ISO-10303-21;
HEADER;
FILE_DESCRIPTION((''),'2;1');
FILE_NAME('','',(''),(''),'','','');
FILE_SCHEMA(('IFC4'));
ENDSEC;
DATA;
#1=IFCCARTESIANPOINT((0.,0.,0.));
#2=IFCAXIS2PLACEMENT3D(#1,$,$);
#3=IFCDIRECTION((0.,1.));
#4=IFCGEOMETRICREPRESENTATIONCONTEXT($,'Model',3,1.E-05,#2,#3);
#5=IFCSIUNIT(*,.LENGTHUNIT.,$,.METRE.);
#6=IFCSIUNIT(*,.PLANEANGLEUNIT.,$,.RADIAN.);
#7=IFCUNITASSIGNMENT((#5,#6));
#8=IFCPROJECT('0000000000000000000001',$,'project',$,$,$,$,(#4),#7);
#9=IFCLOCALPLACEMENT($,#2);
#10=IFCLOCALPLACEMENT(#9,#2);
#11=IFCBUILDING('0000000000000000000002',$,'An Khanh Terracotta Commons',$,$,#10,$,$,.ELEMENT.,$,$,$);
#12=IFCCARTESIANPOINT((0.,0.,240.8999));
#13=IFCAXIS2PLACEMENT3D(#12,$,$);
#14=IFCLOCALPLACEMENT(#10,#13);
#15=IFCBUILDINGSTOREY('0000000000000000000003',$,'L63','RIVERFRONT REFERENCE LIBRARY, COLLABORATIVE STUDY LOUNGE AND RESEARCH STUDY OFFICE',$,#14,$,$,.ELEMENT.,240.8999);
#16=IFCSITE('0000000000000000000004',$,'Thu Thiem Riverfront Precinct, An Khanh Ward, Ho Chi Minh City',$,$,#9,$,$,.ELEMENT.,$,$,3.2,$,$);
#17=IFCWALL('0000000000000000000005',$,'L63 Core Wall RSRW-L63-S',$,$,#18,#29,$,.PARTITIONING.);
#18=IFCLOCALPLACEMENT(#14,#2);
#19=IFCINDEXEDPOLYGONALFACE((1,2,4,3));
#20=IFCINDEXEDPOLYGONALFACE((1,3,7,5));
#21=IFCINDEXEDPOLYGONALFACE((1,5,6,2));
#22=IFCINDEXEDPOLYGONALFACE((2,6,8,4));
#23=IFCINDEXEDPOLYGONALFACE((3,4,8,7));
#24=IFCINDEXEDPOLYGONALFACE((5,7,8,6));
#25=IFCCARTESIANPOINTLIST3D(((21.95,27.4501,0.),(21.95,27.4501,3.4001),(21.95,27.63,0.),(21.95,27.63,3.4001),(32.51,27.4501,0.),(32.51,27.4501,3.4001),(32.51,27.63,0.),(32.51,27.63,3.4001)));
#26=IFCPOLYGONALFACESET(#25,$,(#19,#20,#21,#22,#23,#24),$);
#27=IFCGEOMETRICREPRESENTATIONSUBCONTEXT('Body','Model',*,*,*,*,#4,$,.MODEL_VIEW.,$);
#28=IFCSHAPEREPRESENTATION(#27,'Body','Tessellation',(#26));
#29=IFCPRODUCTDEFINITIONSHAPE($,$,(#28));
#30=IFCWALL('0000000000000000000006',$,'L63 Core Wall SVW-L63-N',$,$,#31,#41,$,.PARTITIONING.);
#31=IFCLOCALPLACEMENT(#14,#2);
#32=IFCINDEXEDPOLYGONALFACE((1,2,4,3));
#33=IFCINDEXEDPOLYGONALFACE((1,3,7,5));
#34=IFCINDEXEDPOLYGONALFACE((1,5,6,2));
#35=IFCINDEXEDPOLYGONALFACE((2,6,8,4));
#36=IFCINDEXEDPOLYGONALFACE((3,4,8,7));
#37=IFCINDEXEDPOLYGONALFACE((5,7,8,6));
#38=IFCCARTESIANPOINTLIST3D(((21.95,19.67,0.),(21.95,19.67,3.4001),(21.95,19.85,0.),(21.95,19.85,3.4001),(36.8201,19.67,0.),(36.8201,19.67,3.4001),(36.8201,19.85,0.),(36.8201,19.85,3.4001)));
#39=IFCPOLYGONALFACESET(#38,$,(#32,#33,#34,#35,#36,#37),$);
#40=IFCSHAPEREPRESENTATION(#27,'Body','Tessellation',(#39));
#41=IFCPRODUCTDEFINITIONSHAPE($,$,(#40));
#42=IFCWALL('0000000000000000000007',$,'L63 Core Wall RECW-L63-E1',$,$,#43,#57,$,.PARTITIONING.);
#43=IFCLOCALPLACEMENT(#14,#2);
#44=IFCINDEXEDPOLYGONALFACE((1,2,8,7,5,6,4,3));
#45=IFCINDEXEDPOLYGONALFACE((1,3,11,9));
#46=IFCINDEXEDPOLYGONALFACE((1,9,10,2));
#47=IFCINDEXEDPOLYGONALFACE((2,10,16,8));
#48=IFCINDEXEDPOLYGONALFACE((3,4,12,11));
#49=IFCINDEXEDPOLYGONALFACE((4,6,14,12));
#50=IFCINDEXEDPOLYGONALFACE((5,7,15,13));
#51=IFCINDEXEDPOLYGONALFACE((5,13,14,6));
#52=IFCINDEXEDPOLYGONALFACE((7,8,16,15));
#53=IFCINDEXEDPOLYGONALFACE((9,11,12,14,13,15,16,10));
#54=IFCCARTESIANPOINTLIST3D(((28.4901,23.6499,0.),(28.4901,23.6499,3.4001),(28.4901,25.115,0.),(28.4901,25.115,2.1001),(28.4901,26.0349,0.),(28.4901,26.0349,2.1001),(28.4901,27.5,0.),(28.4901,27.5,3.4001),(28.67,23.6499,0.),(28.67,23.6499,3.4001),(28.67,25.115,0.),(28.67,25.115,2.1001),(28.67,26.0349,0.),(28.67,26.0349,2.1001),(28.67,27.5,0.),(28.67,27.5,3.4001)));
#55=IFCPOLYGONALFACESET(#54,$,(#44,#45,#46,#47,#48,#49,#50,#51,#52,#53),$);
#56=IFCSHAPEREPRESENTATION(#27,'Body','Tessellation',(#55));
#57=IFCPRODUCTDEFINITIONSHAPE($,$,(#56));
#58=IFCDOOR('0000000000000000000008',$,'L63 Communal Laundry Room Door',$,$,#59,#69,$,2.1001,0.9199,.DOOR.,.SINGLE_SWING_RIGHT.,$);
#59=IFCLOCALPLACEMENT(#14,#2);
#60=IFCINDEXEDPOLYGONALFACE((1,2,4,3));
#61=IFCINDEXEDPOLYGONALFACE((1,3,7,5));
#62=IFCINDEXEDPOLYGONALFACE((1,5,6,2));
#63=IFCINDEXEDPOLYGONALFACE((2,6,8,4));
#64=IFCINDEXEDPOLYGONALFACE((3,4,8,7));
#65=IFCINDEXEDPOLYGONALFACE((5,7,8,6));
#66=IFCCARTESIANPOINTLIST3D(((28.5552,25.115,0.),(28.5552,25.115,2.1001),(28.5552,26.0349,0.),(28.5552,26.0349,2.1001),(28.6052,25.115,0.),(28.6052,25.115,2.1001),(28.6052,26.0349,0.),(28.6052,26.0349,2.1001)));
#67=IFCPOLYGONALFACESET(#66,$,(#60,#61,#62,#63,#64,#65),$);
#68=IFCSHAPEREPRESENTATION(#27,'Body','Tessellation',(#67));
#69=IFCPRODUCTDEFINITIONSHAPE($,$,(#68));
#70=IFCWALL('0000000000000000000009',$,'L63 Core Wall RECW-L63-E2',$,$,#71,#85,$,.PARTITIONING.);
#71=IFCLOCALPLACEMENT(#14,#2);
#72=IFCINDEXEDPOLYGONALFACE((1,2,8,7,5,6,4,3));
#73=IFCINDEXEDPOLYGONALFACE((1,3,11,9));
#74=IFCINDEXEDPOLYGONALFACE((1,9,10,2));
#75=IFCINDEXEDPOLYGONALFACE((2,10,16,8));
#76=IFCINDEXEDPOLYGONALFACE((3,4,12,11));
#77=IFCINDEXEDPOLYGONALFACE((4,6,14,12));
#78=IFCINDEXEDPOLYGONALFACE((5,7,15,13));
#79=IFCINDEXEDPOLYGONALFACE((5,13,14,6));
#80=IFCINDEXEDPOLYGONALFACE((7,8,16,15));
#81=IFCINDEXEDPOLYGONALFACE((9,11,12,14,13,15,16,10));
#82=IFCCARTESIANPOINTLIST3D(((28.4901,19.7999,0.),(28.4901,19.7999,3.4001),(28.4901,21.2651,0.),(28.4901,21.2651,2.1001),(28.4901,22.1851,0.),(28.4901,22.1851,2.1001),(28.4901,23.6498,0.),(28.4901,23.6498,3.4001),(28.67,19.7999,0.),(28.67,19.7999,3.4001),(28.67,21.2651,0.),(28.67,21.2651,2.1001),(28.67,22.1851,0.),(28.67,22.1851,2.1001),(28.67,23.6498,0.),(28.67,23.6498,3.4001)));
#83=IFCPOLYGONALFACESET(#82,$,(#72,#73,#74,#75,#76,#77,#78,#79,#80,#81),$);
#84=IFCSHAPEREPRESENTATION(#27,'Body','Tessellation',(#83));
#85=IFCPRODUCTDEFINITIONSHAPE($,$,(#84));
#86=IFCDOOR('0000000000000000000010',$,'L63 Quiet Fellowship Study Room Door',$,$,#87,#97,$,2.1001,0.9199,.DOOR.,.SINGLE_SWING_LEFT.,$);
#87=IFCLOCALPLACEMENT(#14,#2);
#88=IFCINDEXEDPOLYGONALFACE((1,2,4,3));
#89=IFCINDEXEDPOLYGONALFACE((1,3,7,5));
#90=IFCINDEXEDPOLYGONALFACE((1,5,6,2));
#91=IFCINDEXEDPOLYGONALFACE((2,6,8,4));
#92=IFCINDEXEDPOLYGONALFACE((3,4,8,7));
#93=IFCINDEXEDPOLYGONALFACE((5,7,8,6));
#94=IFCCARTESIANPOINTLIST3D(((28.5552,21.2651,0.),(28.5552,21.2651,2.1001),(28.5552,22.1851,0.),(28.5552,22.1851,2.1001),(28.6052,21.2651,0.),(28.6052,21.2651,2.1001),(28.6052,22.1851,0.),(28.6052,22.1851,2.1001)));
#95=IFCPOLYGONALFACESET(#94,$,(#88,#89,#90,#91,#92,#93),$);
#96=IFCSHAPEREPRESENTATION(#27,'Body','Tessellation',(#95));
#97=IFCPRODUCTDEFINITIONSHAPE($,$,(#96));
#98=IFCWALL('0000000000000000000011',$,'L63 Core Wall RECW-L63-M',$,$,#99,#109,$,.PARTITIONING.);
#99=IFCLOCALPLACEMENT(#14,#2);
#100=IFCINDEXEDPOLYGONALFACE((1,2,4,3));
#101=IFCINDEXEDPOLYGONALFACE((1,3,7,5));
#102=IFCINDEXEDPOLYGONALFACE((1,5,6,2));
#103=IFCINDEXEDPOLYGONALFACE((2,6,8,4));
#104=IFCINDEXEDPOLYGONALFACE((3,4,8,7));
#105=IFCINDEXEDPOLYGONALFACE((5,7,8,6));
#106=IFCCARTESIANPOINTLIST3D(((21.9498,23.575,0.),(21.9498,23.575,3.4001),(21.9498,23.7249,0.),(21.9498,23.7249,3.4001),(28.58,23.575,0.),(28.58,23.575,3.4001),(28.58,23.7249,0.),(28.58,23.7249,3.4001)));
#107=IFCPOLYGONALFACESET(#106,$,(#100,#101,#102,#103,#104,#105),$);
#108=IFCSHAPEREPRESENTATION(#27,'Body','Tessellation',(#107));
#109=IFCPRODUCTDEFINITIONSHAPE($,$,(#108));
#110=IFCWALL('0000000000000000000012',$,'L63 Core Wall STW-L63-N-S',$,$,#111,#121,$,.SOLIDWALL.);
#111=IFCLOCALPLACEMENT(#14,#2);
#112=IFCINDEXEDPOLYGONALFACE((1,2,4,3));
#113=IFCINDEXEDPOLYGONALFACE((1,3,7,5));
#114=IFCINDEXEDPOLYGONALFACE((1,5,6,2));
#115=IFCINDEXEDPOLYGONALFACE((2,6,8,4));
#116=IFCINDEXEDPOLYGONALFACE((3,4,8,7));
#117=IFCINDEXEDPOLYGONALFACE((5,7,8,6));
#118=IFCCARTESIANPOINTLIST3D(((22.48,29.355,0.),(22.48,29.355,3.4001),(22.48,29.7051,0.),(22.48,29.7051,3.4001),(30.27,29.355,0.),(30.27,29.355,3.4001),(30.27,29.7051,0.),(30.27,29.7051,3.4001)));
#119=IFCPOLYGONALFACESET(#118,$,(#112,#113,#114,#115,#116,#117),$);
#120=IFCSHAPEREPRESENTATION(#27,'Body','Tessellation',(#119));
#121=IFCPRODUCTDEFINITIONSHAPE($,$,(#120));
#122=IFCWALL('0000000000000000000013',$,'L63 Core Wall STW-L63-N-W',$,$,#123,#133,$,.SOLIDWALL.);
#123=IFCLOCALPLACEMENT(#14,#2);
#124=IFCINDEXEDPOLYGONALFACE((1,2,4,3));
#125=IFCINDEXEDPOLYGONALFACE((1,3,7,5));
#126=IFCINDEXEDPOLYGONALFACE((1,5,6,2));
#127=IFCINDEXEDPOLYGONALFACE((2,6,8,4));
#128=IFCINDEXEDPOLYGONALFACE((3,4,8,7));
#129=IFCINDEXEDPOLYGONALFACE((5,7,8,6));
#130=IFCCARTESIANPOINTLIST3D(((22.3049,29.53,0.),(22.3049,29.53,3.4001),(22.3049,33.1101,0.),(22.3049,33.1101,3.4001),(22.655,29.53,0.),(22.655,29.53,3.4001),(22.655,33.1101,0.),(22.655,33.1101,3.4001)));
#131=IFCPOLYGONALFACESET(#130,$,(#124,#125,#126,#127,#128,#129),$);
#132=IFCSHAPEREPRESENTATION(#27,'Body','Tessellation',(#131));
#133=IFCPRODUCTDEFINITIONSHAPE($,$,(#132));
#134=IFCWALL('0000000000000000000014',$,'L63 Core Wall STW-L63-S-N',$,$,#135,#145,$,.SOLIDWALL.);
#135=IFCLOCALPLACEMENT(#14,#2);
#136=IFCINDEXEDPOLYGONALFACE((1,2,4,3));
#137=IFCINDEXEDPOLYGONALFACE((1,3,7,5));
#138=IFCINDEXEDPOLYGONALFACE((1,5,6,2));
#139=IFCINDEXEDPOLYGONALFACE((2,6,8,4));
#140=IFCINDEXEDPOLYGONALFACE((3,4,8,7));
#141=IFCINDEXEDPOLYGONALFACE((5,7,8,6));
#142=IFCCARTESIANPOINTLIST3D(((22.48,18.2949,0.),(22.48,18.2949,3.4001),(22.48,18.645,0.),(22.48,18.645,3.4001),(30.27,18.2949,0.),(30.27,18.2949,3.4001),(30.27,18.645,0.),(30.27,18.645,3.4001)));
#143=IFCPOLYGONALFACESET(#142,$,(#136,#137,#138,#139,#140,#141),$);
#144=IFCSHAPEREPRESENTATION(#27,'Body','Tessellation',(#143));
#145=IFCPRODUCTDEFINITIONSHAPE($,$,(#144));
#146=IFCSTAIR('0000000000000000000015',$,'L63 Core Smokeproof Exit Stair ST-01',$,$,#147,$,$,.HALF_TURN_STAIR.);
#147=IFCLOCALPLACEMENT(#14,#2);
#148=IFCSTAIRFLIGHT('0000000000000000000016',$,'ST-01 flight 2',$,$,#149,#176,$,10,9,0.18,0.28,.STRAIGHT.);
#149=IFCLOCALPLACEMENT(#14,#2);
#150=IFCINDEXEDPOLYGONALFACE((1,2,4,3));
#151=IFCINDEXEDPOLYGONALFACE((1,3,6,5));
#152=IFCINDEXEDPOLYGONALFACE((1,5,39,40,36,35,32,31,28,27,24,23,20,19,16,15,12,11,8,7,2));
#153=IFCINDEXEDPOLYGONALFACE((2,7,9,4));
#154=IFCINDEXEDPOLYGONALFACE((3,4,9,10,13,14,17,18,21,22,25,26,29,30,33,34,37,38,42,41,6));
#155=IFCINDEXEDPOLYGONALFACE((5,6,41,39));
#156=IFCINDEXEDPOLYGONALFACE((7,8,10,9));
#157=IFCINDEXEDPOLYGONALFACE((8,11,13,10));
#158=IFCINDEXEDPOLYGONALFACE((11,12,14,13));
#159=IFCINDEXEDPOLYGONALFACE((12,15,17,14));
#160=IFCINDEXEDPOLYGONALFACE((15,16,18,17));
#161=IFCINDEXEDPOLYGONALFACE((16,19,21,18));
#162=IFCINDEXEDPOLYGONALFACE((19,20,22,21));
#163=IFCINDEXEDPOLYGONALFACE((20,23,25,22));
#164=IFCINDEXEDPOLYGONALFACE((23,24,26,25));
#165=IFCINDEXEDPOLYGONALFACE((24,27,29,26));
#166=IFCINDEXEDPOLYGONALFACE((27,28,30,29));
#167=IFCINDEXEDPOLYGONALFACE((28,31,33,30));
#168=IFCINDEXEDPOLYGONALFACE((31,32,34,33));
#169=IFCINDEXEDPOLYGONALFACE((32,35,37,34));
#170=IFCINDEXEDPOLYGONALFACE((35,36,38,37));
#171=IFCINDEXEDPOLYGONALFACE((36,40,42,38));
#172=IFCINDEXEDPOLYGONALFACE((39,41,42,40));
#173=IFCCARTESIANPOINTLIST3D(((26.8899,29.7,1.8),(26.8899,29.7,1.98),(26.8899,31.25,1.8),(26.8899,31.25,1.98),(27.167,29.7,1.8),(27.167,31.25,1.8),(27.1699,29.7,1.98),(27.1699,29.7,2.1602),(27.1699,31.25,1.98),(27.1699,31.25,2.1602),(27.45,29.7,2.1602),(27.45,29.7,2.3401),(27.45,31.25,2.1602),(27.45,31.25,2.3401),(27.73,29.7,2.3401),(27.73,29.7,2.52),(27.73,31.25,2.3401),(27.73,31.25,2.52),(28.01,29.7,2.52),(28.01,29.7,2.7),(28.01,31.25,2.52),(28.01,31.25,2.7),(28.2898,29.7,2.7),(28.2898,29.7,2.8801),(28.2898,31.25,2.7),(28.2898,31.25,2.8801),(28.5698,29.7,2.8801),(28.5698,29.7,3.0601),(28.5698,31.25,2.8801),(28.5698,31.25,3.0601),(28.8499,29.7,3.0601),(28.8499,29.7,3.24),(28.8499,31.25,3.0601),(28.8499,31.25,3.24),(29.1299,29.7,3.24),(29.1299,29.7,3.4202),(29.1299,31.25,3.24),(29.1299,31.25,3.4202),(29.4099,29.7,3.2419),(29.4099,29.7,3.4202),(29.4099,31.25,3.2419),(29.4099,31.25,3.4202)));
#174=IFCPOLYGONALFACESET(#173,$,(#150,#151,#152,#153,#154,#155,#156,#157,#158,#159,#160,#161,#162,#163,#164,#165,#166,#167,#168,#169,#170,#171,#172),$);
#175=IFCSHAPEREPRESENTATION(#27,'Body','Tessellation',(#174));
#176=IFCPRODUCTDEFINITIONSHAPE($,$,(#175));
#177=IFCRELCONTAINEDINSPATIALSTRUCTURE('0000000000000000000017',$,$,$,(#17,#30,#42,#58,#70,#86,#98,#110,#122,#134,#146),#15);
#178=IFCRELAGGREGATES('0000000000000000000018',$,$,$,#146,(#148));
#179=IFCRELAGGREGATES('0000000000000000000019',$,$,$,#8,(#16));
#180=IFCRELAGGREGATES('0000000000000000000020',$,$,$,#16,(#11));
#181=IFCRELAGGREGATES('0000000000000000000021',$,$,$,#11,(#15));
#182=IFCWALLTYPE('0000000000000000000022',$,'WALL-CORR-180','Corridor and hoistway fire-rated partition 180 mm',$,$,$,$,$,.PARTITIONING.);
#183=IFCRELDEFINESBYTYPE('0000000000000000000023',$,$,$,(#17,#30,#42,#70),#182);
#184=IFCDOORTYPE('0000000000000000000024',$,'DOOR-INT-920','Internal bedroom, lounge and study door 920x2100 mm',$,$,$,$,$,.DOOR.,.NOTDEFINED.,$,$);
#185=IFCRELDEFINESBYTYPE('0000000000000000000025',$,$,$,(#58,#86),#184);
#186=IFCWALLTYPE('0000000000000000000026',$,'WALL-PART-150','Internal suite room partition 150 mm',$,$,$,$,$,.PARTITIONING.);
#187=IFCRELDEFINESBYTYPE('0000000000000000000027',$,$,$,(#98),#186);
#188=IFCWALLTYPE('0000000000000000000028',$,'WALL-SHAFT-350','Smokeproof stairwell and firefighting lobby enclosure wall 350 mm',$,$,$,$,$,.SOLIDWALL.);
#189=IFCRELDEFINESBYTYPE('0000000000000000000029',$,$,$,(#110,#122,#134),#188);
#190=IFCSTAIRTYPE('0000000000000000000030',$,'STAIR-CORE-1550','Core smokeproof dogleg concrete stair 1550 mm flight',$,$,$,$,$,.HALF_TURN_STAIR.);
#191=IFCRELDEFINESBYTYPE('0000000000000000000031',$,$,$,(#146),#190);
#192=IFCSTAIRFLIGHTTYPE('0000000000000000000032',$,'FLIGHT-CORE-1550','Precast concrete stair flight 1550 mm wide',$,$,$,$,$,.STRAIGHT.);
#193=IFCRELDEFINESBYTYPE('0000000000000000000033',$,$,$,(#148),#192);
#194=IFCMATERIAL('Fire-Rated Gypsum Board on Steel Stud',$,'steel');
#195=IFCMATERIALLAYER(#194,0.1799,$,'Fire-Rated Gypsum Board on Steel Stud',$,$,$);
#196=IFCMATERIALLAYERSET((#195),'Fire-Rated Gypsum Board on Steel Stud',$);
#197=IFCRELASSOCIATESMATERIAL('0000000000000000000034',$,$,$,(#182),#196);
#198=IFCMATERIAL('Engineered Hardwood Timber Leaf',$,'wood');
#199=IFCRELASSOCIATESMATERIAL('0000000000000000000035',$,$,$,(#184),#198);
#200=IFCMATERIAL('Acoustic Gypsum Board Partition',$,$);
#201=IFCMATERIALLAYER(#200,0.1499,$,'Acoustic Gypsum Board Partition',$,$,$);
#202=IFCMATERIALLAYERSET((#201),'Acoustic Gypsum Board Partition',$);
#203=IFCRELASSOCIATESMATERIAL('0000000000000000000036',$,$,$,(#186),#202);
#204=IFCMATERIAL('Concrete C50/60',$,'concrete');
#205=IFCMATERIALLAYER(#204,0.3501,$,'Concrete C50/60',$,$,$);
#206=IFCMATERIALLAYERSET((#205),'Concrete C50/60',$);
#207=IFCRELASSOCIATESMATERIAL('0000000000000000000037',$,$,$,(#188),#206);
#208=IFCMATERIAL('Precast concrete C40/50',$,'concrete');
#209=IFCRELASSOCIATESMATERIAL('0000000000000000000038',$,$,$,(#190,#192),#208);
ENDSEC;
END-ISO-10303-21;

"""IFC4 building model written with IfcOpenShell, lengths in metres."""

from ifc_helpers import new_model, si_unit, direction, frame, frame_2d, origin, place, context, subcontext, project, spatial, polyline, rectangle, outline, extrude, material, layer, layer_set, type_object, element, fill, aggregate, save


model = new_model("IFC4")

# Units and contexts
model_context = context("Model", 3, precision=1e-05, world=origin(), true_north=direction((0.0, 1.0)))
body_context = subcontext(model_context, "Body", "Model", "MODEL_VIEW")
ifc_project = project(units=[si_unit("LENGTHUNIT", "METRE"), si_unit("PLANEANGLEUNIT", "RADIAN")], contexts=[model_context])

# Site, building, storey
site_placement = place(None, origin())
site = spatial("IfcSite", under=ifc_project, at=site_placement, Name="Thu Thiem Riverfront Precinct, An Khanh Ward, Ho Chi Minh City", CompositionType="ELEMENT", RefElevation=3.2)
building_placement = place(site_placement, origin())
building = spatial("IfcBuilding", under=site, at=building_placement, Name="An Khanh Terracotta Commons", CompositionType="ELEMENT")
storey_placement = place(building_placement, frame((0.0, 0.0, 240.8999)))
storey = spatial("IfcBuildingStorey", under=building, at=storey_placement, Name="L63", Description="RIVERFRONT REFERENCE LIBRARY, COLLABORATIVE STUDY LOUNGE AND RESEARCH STUDY OFFICE", CompositionType="ELEMENT", Elevation=240.8999)

# Walls
ifc_material_1 = material(Name="Fire-Rated Gypsum Board on Steel Stud", Category="steel")
ifc_layer_1 = layer(ifc_material_1, 0.1799, Name="Fire-Rated Gypsum Board on Steel Stud")
ifc_layer_set_1 = layer_set([ifc_layer_1], Name="Fire-Rated Gypsum Board on Steel Stud")
wall_type_1 = type_object("IfcWallType", Name="WALL-CORR-180", Description="Corridor and hoistway fire-rated partition 180 mm", PredefinedType="PARTITIONING", material=ifc_layer_set_1)
wall_1_placement = place(storey_placement, frame((21.95, 27.54, 0.0), z_axis=(0.0, 0.0, 1.0), x_axis=(1.0, 0.0, 0.0)))
element("IfcWall", 1, at=wall_1_placement, inside=storey, type_object=wall_type_1, Name="L63 Core Wall RSRW-L63-S", PredefinedType="PARTITIONING", context=body_context, shape_type="SweptSolid", body=[
    extrude(rectangle(XDim=10.5601, YDim=0.1799, at=frame_2d((5.28, 0.0))), origin(), (0.0, 0.0, 1.0), 3.4001),
])
wall_2_placement = place(storey_placement, frame((21.95, 19.76, 0.0), z_axis=(0.0, 0.0, 1.0), x_axis=(1.0, 0.0, 0.0)))
element("IfcWall", 2, at=wall_2_placement, inside=storey, type_object=wall_type_1, Name="L63 Core Wall SVW-L63-N", PredefinedType="PARTITIONING", context=body_context, shape_type="SweptSolid", body=[
    extrude(rectangle(XDim=14.8701, YDim=0.1799, at=frame_2d((7.4351, 0.0))), origin(), (0.0, 0.0, 1.0), 3.4001),
])

# Walls, openings, doors
wall_3_placement = place(storey_placement, frame((28.5801, 23.6499, 0.0), z_axis=(0.0, 0.0, 1.0), x_axis=(0.0, 1.0, 0.0)))
wall_3 = element("IfcWall", 3, at=wall_3_placement, inside=storey, type_object=wall_type_1, Name="L63 Core Wall RECW-L63-E1", PredefinedType="PARTITIONING", context=body_context, shape_type="SweptSolid", body=[
    extrude(rectangle(XDim=3.8501, YDim=0.1799, at=frame_2d((1.925, 0.0))), origin(), (0.0, 0.0, 1.0), 3.4001),
])
opening_1_placement = place(wall_3_placement, frame((1.4651, 0.0, 0.0)))
opening_1 = element("IfcOpeningElement", 4, at=opening_1_placement, cuts=wall_3, PredefinedType="OPENING", context=body_context, shape_type="SweptSolid", body=[
    extrude(rectangle(XDim=0.9199, YDim=2.1001, at=frame_2d((0.46, 1.05))), frame((0.0, 0.0999, 0.0), z_axis=(0.0, -1.0, 0.0), x_axis=(1.0, 0.0, 0.0)), (0.0, 0.0, 1.0), 0.2),
])
ifc_material_2 = material(Name="Engineered Hardwood Timber Leaf", Category="wood")
door_type = type_object("IfcDoorType", Name="DOOR-INT-920", Description="Internal bedroom, lounge and study door 920x2100 mm", OperationType="NOTDEFINED", PredefinedType="DOOR", material=ifc_material_2)
door_1_placement = place(opening_1_placement, origin())
door_1 = element("IfcDoor", 5, at=door_1_placement, inside=storey, type_object=door_type, Name="L63 Communal Laundry Room Door", OperationType="SINGLE_SWING_RIGHT", OverallHeight=2.1001, OverallWidth=0.9199, PredefinedType="DOOR", context=body_context, shape_type="SweptSolid", body=[
    extrude(rectangle(XDim=0.9199, YDim=2.1001, at=frame_2d((0.46, 1.05))), frame((0.0, 0.0249, 0.0), z_axis=(0.0, -1.0, 0.0), x_axis=(1.0, 0.0, 0.0)), (0.0, 0.0, 1.0), 0.05),
])
fill(opening_1, door_1)
wall_4_placement = place(storey_placement, frame((28.5801, 19.8, 0.0), z_axis=(0.0, 0.0, 1.0), x_axis=(0.0, 1.0, 0.0)))
wall_4 = element("IfcWall", 6, at=wall_4_placement, inside=storey, type_object=wall_type_1, Name="L63 Core Wall RECW-L63-E2", PredefinedType="PARTITIONING", context=body_context, shape_type="SweptSolid", body=[
    extrude(rectangle(XDim=3.8499, YDim=0.1799, at=frame_2d((1.9248, 0.0))), origin(), (0.0, 0.0, 1.0), 3.4001),
])
opening_2_placement = place(wall_4_placement, frame((1.4651, 0.0, 0.0)))
opening_2 = element("IfcOpeningElement", 7, at=opening_2_placement, cuts=wall_4, PredefinedType="OPENING", context=body_context, shape_type="SweptSolid", body=[
    extrude(rectangle(XDim=0.9199, YDim=2.1001, at=frame_2d((0.46, 1.05))), frame((0.0, 0.0999, 0.0), z_axis=(0.0, -1.0, 0.0), x_axis=(1.0, 0.0, 0.0)), (0.0, 0.0, 1.0), 0.2),
])
door_2_placement = place(opening_2_placement, origin())
door_2 = element("IfcDoor", 8, at=door_2_placement, inside=storey, type_object=door_type, Name="L63 Quiet Fellowship Study Room Door", OperationType="SINGLE_SWING_LEFT", OverallHeight=2.1001, OverallWidth=0.9199, PredefinedType="DOOR", context=body_context, shape_type="SweptSolid", body=[
    extrude(rectangle(XDim=0.9199, YDim=2.1001, at=frame_2d((0.46, 1.05))), frame((0.0, 0.0249, 0.0), z_axis=(0.0, -1.0, 0.0), x_axis=(1.0, 0.0, 0.0)), (0.0, 0.0, 1.0), 0.05),
])
fill(opening_2, door_2)

# Walls
ifc_material_3 = material(Name="Acoustic Gypsum Board Partition")
ifc_layer_2 = layer(ifc_material_3, 0.1499, Name="Acoustic Gypsum Board Partition")
ifc_layer_set_2 = layer_set([ifc_layer_2], Name="Acoustic Gypsum Board Partition")
wall_type_2 = type_object("IfcWallType", Name="WALL-PART-150", Description="Internal suite room partition 150 mm", PredefinedType="PARTITIONING", material=ifc_layer_set_2)
wall_5_placement = place(storey_placement, frame((21.95, 23.6499, 0.0), z_axis=(0.0, 0.0, 1.0), x_axis=(1.0, 0.0, 0.0)))
element("IfcWall", 9, at=wall_5_placement, inside=storey, type_object=wall_type_2, Name="L63 Core Wall RECW-L63-M", PredefinedType="PARTITIONING", context=body_context, shape_type="SweptSolid", body=[
    extrude(rectangle(XDim=6.6301, YDim=0.1499, at=frame_2d((3.3149, 0.0))), origin(), (0.0, 0.0, 1.0), 3.4001),
])
ifc_material_4 = material(Name="Concrete C50/60", Category="concrete")
ifc_layer_3 = layer(ifc_material_4, 0.3501, Name="Concrete C50/60")
ifc_layer_set_3 = layer_set([ifc_layer_3], Name="Concrete C50/60")
wall_type_3 = type_object("IfcWallType", Name="WALL-SHAFT-350", Description="Smokeproof stairwell and firefighting lobby enclosure wall 350 mm", PredefinedType="SOLIDWALL", material=ifc_layer_set_3)
wall_6_placement = place(storey_placement, frame((22.48, 29.53, 0.0), z_axis=(0.0, 0.0, 1.0), x_axis=(1.0, 0.0, 0.0)))
element("IfcWall", 10, at=wall_6_placement, inside=storey, type_object=wall_type_3, Name="L63 Core Wall STW-L63-N-S", PredefinedType="SOLIDWALL", context=body_context, shape_type="SweptSolid", body=[
    extrude(rectangle(XDim=7.79, YDim=0.3501, at=frame_2d((3.895, 0.0))), origin(), (0.0, 0.0, 1.0), 3.4001),
])
wall_7_placement = place(storey_placement, frame((22.48, 29.53, 0.0), z_axis=(0.0, 0.0, 1.0), x_axis=(0.0, 1.0, 0.0)))
element("IfcWall", 11, at=wall_7_placement, inside=storey, type_object=wall_type_3, Name="L63 Core Wall STW-L63-N-W", PredefinedType="SOLIDWALL", context=body_context, shape_type="SweptSolid", body=[
    extrude(rectangle(XDim=3.5801, YDim=0.3501, at=frame_2d((1.79, 0.0))), origin(), (0.0, 0.0, 1.0), 3.4001),
])
wall_8_placement = place(storey_placement, frame((22.48, 18.47, 0.0), z_axis=(0.0, 0.0, 1.0), x_axis=(1.0, 0.0, 0.0)))
element("IfcWall", 12, at=wall_8_placement, inside=storey, type_object=wall_type_3, Name="L63 Core Wall STW-L63-S-N", PredefinedType="SOLIDWALL", context=body_context, shape_type="SweptSolid", body=[
    extrude(rectangle(XDim=7.79, YDim=0.3501, at=frame_2d((3.895, 0.0))), origin(), (0.0, 0.0, 1.0), 3.4001),
])

# Stair, stair flight
ifc_material_5 = material(Name="Precast concrete C40/50", Category="concrete")
stair_type = type_object("IfcStairType", Name="STAIR-CORE-1550", Description="Core smokeproof dogleg concrete stair 1550 mm flight", PredefinedType="HALF_TURN_STAIR", material=ifc_material_5)
stair_1_placement = place(storey_placement, origin())
stair_1 = element("IfcStair", 13, at=stair_1_placement, inside=storey, type_object=stair_type, Name="L63 Core Smokeproof Exit Stair ST-01", PredefinedType="HALF_TURN_STAIR")
stair_flight_type = type_object("IfcStairFlightType", Name="FLIGHT-CORE-1550", Description="Precast concrete stair flight 1550 mm wide", PredefinedType="STRAIGHT", material=ifc_material_5)
stair_flight_1_placement = place(storey_placement, frame((26.8899, 30.4751, 1.8), z_axis=(0.0, 0.0, 1.0), x_axis=(1.0, 0.0, 0.0)))
stair_flight_1 = element("IfcStairFlight", 14, at=stair_flight_1_placement, type_object=stair_flight_type, Name="ST-01 flight 2", NumberOfRisers=10, NumberOfTreads=9, PredefinedType="STRAIGHT", RiserHeight=0.18, TreadLength=0.28, context=body_context, shape_type="SweptSolid", body=[
    extrude(outline(polyline([(0.0, 0.0), (0.0, 0.1799), (0.28, 0.1799), (0.28, 0.3601), (0.5601, 0.3601), (0.5601, 0.54), (0.8401, 0.54), (0.8401, 0.72), (1.1201, 0.72), (1.1201, 0.8999), (1.3999, 0.8999), (1.3999, 1.0801), (1.6799, 1.0801), (1.6799, 1.26), (1.96, 1.26), (1.96, 1.4399), (2.24, 1.4399), (2.24, 1.6201), (2.52, 1.6201), (2.52, 1.8), (2.52, 1.4419), (0.2771, 0.0), (0.0, 0.0)])), frame((0.0, 0.7749, 0.0), z_axis=(0.0, -1.0, 0.0), x_axis=(1.0, 0.0, 0.0)), (0.0, 0.0, 1.0), 1.55),
])
aggregate(stair_1, [stair_flight_1])

save(model, "model.ifc")
